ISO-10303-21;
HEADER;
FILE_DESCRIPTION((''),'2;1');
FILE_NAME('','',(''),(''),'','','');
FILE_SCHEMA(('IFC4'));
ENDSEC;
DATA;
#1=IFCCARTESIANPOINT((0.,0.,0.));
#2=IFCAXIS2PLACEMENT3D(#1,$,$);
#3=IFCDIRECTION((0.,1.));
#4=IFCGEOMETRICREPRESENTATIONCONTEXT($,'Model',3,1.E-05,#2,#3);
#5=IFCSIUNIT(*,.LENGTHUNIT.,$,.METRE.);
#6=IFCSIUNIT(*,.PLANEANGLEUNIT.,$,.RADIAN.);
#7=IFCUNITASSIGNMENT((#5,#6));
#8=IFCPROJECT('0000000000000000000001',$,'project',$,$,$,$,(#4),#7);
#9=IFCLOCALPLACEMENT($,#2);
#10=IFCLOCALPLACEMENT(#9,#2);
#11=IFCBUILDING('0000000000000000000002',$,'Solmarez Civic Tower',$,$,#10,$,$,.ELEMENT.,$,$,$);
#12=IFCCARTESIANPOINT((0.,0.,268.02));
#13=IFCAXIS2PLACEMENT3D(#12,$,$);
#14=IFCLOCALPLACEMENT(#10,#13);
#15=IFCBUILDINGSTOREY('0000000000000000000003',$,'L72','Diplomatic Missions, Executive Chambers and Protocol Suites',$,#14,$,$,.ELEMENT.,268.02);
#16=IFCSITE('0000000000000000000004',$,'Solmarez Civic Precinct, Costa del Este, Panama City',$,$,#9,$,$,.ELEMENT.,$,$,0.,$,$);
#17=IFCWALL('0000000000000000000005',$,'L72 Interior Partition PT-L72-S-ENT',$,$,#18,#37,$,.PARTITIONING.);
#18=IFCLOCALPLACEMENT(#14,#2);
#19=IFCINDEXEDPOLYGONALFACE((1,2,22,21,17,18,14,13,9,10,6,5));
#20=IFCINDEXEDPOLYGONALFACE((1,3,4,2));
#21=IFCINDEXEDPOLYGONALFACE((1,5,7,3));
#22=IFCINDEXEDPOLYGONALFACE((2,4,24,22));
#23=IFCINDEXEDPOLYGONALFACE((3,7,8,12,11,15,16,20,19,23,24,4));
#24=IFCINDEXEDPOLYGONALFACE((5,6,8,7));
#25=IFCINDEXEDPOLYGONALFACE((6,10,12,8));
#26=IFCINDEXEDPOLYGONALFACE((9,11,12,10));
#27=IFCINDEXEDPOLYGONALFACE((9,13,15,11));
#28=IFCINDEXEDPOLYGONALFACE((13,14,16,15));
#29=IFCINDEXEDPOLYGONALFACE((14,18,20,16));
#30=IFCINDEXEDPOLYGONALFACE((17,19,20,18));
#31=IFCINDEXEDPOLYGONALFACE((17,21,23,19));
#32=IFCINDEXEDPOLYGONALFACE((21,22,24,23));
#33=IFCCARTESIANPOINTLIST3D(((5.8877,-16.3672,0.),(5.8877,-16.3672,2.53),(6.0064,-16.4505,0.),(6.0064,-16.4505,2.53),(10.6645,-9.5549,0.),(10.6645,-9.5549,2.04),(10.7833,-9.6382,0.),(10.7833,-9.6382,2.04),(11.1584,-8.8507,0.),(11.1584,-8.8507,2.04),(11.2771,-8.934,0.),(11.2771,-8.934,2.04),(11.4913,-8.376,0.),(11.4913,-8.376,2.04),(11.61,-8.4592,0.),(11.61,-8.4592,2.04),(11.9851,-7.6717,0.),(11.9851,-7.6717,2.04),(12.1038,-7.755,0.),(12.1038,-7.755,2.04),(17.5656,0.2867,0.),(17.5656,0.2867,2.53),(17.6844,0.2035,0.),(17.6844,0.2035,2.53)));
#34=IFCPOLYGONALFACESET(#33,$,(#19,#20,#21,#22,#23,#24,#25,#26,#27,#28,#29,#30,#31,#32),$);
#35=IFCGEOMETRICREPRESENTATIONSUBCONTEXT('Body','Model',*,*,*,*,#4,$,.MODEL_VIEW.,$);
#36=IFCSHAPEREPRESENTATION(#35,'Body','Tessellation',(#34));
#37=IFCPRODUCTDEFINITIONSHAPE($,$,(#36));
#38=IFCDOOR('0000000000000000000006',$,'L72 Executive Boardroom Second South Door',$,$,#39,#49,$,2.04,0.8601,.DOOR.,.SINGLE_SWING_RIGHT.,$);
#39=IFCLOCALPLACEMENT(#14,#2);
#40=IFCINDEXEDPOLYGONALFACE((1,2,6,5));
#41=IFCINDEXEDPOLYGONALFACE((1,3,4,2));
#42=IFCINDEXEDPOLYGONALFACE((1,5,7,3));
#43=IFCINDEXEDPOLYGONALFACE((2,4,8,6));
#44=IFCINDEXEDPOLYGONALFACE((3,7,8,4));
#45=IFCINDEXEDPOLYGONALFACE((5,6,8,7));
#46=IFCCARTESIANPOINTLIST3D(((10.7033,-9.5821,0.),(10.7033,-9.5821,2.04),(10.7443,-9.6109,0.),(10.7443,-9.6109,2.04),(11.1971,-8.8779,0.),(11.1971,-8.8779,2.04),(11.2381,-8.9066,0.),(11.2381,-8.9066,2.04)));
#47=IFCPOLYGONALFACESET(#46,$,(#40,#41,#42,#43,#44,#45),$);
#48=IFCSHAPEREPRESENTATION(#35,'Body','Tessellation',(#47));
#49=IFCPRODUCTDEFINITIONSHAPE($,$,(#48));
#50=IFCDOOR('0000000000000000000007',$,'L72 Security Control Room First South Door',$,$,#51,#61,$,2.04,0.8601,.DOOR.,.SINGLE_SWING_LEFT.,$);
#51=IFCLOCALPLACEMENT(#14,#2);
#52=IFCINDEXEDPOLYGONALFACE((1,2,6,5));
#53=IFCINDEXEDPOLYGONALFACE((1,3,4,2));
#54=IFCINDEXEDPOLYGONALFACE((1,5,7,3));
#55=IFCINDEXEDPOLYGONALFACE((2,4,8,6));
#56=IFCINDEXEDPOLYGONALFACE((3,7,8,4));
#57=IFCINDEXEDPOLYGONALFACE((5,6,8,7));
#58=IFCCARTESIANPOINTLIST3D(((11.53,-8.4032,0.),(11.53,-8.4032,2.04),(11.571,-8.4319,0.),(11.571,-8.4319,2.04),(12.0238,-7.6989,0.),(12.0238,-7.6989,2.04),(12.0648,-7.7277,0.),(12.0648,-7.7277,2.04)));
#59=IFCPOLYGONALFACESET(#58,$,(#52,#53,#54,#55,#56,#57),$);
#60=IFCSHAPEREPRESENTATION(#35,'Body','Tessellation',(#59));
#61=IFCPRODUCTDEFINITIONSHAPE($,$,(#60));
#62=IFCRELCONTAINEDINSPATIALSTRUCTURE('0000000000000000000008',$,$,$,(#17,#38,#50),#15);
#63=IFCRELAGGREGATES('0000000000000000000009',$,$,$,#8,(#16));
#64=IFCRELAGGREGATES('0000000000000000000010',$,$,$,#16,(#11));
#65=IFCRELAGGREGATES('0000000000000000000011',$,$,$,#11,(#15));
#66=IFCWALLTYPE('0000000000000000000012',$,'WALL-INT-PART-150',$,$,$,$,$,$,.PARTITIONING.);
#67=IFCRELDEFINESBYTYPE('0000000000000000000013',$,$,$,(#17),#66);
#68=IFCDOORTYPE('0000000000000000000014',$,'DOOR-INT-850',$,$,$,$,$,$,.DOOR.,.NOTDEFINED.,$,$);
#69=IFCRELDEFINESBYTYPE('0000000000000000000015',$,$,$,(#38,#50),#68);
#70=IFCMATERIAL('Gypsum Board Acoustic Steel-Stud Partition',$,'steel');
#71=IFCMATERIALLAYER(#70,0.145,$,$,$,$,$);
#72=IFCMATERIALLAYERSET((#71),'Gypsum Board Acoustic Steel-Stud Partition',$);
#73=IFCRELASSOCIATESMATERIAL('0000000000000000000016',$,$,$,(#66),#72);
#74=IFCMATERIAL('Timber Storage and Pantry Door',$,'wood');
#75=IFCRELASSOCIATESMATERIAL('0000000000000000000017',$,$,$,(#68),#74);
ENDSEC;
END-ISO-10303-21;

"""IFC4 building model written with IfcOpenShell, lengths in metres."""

from ifc_helpers import new_model, si_unit, direction, frame, frame_2d, origin, place, context, subcontext, project, spatial, rectangle, extrude, material, layer, layer_set, type_object, element, fill, save


model = new_model("IFC4")

# Units and contexts
model_context = context("Model", 3, precision=1e-05, world=origin(), true_north=direction((0.0, 1.0)))
body_context = subcontext(model_context, "Body", "Model", "MODEL_VIEW")
ifc_project = project(units=[si_unit("LENGTHUNIT", "METRE"), si_unit("PLANEANGLEUNIT", "RADIAN")], contexts=[model_context])

# Site, building, storey
site_placement = place(None, origin())
site = spatial("IfcSite", under=ifc_project, at=site_placement, Name="Solmarez Civic Precinct, Costa del Este, Panama City", CompositionType="ELEMENT", RefElevation=0.0)
building_placement = place(site_placement, origin())
building = spatial("IfcBuilding", under=site, at=building_placement, Name="Solmarez Civic Tower", CompositionType="ELEMENT")
storey_placement = place(building_placement, frame((0.0, 0.0, 268.02)))
storey = spatial("IfcBuildingStorey", under=building, at=storey_placement, Name="L72", Description="Diplomatic Missions, Executive Chambers and Protocol Suites", CompositionType="ELEMENT", Elevation=268.02)

# Shared definitions
ifc_material_1 = material(Name="Gypsum Board Acoustic Steel-Stud Partition", Category="steel")
ifc_layer_1 = layer(ifc_material_1, 0.145)
ifc_layer_set_1 = layer_set([ifc_layer_1], Name="Gypsum Board Acoustic Steel-Stud Partition")
wall_type_1 = type_object("IfcWallType", Name="WALL-INT-PART-150", PredefinedType="PARTITIONING", material=ifc_layer_set_1)

# Wall, openings, doors
wall_1_placement = place(storey_placement, frame((17.625, 0.2451, 0.0), z_axis=(0.0, 0.0, 1.0), x_axis=(-0.574127, -0.818766, 0.0)))
wall_1 = element("IfcWall", 1, at=wall_1_placement, inside=storey, type_object=wall_type_1, Name="L72 Interior Partition PT-L72-S-ENT", PredefinedType="PARTITIONING", context=body_context, shape_type="SweptSolid", body=[
    extrude(rectangle(XDim=20.3403, YDim=0.145, at=frame_2d((10.1702, 0.0))), origin(), (0.0, 0.0, 1.0), 2.53),
])
opening_1_placement = place(wall_1_placement, frame((11.1599, 0.0, 0.0)))
opening_1 = element("IfcOpeningElement", 2, at=opening_1_placement, cuts=wall_1, PredefinedType="OPENING", context=body_context, shape_type="SweptSolid", body=[
    extrude(rectangle(XDim=0.8601, YDim=2.04, at=frame_2d((0.4302, 1.02))), frame((0.0, 0.0825, 0.0), z_axis=(0.0, -1.0, 0.0), x_axis=(1.0, 0.0, 0.0)), (0.0, 0.0, 1.0), 0.165),
])
opening_2_placement = place(wall_1_placement, frame((9.72, 0.0, 0.0)))
opening_2 = element("IfcOpeningElement", 3, at=opening_2_placement, cuts=wall_1, PredefinedType="OPENING", context=body_context, shape_type="SweptSolid", body=[
    extrude(rectangle(XDim=0.8601, YDim=2.04, at=frame_2d((0.4302, 1.02))), frame((0.0, 0.0825, 0.0), z_axis=(0.0, -1.0, 0.0), x_axis=(1.0, 0.0, 0.0)), (0.0, 0.0, 1.0), 0.165),
])
ifc_material_2 = material(Name="Timber Storage and Pantry Door", Category="wood")
door_type = type_object("IfcDoorType", Name="DOOR-INT-850", OperationType="NOTDEFINED", PredefinedType="DOOR", material=ifc_material_2)
door_1_placement = place(opening_1_placement, origin())
door_1 = element("IfcDoor", 4, at=door_1_placement, inside=storey, type_object=door_type, Name="L72 Executive Boardroom Second South Door", OperationType="SINGLE_SWING_RIGHT", OverallHeight=2.04, OverallWidth=0.8601, PredefinedType="DOOR", context=body_context, shape_type="SweptSolid", body=[
    extrude(rectangle(XDim=0.8601, YDim=2.04, at=frame_2d((0.4302, 1.02))), frame((0.0, 0.0249, 0.0), z_axis=(0.0, -1.0, 0.0), x_axis=(1.0, 0.0, 0.0)), (0.0, 0.0, 1.0), 0.05),
])
fill(opening_1, door_1)
door_2_placement = place(opening_2_placement, origin())
door_2 = element("IfcDoor", 5, at=door_2_placement, inside=storey, type_object=door_type, Name="L72 Security Control Room First South Door", OperationType="SINGLE_SWING_LEFT", OverallHeight=2.04, OverallWidth=0.8601, PredefinedType="DOOR", context=body_context, shape_type="SweptSolid", body=[
    extrude(rectangle(XDim=0.8601, YDim=2.04, at=frame_2d((0.4302, 1.02))), frame((0.0, 0.0249, 0.0), z_axis=(0.0, -1.0, 0.0), x_axis=(1.0, 0.0, 0.0)), (0.0, 0.0, 1.0), 0.05),
])
fill(opening_2, door_2)

save(model, "model.ifc")
